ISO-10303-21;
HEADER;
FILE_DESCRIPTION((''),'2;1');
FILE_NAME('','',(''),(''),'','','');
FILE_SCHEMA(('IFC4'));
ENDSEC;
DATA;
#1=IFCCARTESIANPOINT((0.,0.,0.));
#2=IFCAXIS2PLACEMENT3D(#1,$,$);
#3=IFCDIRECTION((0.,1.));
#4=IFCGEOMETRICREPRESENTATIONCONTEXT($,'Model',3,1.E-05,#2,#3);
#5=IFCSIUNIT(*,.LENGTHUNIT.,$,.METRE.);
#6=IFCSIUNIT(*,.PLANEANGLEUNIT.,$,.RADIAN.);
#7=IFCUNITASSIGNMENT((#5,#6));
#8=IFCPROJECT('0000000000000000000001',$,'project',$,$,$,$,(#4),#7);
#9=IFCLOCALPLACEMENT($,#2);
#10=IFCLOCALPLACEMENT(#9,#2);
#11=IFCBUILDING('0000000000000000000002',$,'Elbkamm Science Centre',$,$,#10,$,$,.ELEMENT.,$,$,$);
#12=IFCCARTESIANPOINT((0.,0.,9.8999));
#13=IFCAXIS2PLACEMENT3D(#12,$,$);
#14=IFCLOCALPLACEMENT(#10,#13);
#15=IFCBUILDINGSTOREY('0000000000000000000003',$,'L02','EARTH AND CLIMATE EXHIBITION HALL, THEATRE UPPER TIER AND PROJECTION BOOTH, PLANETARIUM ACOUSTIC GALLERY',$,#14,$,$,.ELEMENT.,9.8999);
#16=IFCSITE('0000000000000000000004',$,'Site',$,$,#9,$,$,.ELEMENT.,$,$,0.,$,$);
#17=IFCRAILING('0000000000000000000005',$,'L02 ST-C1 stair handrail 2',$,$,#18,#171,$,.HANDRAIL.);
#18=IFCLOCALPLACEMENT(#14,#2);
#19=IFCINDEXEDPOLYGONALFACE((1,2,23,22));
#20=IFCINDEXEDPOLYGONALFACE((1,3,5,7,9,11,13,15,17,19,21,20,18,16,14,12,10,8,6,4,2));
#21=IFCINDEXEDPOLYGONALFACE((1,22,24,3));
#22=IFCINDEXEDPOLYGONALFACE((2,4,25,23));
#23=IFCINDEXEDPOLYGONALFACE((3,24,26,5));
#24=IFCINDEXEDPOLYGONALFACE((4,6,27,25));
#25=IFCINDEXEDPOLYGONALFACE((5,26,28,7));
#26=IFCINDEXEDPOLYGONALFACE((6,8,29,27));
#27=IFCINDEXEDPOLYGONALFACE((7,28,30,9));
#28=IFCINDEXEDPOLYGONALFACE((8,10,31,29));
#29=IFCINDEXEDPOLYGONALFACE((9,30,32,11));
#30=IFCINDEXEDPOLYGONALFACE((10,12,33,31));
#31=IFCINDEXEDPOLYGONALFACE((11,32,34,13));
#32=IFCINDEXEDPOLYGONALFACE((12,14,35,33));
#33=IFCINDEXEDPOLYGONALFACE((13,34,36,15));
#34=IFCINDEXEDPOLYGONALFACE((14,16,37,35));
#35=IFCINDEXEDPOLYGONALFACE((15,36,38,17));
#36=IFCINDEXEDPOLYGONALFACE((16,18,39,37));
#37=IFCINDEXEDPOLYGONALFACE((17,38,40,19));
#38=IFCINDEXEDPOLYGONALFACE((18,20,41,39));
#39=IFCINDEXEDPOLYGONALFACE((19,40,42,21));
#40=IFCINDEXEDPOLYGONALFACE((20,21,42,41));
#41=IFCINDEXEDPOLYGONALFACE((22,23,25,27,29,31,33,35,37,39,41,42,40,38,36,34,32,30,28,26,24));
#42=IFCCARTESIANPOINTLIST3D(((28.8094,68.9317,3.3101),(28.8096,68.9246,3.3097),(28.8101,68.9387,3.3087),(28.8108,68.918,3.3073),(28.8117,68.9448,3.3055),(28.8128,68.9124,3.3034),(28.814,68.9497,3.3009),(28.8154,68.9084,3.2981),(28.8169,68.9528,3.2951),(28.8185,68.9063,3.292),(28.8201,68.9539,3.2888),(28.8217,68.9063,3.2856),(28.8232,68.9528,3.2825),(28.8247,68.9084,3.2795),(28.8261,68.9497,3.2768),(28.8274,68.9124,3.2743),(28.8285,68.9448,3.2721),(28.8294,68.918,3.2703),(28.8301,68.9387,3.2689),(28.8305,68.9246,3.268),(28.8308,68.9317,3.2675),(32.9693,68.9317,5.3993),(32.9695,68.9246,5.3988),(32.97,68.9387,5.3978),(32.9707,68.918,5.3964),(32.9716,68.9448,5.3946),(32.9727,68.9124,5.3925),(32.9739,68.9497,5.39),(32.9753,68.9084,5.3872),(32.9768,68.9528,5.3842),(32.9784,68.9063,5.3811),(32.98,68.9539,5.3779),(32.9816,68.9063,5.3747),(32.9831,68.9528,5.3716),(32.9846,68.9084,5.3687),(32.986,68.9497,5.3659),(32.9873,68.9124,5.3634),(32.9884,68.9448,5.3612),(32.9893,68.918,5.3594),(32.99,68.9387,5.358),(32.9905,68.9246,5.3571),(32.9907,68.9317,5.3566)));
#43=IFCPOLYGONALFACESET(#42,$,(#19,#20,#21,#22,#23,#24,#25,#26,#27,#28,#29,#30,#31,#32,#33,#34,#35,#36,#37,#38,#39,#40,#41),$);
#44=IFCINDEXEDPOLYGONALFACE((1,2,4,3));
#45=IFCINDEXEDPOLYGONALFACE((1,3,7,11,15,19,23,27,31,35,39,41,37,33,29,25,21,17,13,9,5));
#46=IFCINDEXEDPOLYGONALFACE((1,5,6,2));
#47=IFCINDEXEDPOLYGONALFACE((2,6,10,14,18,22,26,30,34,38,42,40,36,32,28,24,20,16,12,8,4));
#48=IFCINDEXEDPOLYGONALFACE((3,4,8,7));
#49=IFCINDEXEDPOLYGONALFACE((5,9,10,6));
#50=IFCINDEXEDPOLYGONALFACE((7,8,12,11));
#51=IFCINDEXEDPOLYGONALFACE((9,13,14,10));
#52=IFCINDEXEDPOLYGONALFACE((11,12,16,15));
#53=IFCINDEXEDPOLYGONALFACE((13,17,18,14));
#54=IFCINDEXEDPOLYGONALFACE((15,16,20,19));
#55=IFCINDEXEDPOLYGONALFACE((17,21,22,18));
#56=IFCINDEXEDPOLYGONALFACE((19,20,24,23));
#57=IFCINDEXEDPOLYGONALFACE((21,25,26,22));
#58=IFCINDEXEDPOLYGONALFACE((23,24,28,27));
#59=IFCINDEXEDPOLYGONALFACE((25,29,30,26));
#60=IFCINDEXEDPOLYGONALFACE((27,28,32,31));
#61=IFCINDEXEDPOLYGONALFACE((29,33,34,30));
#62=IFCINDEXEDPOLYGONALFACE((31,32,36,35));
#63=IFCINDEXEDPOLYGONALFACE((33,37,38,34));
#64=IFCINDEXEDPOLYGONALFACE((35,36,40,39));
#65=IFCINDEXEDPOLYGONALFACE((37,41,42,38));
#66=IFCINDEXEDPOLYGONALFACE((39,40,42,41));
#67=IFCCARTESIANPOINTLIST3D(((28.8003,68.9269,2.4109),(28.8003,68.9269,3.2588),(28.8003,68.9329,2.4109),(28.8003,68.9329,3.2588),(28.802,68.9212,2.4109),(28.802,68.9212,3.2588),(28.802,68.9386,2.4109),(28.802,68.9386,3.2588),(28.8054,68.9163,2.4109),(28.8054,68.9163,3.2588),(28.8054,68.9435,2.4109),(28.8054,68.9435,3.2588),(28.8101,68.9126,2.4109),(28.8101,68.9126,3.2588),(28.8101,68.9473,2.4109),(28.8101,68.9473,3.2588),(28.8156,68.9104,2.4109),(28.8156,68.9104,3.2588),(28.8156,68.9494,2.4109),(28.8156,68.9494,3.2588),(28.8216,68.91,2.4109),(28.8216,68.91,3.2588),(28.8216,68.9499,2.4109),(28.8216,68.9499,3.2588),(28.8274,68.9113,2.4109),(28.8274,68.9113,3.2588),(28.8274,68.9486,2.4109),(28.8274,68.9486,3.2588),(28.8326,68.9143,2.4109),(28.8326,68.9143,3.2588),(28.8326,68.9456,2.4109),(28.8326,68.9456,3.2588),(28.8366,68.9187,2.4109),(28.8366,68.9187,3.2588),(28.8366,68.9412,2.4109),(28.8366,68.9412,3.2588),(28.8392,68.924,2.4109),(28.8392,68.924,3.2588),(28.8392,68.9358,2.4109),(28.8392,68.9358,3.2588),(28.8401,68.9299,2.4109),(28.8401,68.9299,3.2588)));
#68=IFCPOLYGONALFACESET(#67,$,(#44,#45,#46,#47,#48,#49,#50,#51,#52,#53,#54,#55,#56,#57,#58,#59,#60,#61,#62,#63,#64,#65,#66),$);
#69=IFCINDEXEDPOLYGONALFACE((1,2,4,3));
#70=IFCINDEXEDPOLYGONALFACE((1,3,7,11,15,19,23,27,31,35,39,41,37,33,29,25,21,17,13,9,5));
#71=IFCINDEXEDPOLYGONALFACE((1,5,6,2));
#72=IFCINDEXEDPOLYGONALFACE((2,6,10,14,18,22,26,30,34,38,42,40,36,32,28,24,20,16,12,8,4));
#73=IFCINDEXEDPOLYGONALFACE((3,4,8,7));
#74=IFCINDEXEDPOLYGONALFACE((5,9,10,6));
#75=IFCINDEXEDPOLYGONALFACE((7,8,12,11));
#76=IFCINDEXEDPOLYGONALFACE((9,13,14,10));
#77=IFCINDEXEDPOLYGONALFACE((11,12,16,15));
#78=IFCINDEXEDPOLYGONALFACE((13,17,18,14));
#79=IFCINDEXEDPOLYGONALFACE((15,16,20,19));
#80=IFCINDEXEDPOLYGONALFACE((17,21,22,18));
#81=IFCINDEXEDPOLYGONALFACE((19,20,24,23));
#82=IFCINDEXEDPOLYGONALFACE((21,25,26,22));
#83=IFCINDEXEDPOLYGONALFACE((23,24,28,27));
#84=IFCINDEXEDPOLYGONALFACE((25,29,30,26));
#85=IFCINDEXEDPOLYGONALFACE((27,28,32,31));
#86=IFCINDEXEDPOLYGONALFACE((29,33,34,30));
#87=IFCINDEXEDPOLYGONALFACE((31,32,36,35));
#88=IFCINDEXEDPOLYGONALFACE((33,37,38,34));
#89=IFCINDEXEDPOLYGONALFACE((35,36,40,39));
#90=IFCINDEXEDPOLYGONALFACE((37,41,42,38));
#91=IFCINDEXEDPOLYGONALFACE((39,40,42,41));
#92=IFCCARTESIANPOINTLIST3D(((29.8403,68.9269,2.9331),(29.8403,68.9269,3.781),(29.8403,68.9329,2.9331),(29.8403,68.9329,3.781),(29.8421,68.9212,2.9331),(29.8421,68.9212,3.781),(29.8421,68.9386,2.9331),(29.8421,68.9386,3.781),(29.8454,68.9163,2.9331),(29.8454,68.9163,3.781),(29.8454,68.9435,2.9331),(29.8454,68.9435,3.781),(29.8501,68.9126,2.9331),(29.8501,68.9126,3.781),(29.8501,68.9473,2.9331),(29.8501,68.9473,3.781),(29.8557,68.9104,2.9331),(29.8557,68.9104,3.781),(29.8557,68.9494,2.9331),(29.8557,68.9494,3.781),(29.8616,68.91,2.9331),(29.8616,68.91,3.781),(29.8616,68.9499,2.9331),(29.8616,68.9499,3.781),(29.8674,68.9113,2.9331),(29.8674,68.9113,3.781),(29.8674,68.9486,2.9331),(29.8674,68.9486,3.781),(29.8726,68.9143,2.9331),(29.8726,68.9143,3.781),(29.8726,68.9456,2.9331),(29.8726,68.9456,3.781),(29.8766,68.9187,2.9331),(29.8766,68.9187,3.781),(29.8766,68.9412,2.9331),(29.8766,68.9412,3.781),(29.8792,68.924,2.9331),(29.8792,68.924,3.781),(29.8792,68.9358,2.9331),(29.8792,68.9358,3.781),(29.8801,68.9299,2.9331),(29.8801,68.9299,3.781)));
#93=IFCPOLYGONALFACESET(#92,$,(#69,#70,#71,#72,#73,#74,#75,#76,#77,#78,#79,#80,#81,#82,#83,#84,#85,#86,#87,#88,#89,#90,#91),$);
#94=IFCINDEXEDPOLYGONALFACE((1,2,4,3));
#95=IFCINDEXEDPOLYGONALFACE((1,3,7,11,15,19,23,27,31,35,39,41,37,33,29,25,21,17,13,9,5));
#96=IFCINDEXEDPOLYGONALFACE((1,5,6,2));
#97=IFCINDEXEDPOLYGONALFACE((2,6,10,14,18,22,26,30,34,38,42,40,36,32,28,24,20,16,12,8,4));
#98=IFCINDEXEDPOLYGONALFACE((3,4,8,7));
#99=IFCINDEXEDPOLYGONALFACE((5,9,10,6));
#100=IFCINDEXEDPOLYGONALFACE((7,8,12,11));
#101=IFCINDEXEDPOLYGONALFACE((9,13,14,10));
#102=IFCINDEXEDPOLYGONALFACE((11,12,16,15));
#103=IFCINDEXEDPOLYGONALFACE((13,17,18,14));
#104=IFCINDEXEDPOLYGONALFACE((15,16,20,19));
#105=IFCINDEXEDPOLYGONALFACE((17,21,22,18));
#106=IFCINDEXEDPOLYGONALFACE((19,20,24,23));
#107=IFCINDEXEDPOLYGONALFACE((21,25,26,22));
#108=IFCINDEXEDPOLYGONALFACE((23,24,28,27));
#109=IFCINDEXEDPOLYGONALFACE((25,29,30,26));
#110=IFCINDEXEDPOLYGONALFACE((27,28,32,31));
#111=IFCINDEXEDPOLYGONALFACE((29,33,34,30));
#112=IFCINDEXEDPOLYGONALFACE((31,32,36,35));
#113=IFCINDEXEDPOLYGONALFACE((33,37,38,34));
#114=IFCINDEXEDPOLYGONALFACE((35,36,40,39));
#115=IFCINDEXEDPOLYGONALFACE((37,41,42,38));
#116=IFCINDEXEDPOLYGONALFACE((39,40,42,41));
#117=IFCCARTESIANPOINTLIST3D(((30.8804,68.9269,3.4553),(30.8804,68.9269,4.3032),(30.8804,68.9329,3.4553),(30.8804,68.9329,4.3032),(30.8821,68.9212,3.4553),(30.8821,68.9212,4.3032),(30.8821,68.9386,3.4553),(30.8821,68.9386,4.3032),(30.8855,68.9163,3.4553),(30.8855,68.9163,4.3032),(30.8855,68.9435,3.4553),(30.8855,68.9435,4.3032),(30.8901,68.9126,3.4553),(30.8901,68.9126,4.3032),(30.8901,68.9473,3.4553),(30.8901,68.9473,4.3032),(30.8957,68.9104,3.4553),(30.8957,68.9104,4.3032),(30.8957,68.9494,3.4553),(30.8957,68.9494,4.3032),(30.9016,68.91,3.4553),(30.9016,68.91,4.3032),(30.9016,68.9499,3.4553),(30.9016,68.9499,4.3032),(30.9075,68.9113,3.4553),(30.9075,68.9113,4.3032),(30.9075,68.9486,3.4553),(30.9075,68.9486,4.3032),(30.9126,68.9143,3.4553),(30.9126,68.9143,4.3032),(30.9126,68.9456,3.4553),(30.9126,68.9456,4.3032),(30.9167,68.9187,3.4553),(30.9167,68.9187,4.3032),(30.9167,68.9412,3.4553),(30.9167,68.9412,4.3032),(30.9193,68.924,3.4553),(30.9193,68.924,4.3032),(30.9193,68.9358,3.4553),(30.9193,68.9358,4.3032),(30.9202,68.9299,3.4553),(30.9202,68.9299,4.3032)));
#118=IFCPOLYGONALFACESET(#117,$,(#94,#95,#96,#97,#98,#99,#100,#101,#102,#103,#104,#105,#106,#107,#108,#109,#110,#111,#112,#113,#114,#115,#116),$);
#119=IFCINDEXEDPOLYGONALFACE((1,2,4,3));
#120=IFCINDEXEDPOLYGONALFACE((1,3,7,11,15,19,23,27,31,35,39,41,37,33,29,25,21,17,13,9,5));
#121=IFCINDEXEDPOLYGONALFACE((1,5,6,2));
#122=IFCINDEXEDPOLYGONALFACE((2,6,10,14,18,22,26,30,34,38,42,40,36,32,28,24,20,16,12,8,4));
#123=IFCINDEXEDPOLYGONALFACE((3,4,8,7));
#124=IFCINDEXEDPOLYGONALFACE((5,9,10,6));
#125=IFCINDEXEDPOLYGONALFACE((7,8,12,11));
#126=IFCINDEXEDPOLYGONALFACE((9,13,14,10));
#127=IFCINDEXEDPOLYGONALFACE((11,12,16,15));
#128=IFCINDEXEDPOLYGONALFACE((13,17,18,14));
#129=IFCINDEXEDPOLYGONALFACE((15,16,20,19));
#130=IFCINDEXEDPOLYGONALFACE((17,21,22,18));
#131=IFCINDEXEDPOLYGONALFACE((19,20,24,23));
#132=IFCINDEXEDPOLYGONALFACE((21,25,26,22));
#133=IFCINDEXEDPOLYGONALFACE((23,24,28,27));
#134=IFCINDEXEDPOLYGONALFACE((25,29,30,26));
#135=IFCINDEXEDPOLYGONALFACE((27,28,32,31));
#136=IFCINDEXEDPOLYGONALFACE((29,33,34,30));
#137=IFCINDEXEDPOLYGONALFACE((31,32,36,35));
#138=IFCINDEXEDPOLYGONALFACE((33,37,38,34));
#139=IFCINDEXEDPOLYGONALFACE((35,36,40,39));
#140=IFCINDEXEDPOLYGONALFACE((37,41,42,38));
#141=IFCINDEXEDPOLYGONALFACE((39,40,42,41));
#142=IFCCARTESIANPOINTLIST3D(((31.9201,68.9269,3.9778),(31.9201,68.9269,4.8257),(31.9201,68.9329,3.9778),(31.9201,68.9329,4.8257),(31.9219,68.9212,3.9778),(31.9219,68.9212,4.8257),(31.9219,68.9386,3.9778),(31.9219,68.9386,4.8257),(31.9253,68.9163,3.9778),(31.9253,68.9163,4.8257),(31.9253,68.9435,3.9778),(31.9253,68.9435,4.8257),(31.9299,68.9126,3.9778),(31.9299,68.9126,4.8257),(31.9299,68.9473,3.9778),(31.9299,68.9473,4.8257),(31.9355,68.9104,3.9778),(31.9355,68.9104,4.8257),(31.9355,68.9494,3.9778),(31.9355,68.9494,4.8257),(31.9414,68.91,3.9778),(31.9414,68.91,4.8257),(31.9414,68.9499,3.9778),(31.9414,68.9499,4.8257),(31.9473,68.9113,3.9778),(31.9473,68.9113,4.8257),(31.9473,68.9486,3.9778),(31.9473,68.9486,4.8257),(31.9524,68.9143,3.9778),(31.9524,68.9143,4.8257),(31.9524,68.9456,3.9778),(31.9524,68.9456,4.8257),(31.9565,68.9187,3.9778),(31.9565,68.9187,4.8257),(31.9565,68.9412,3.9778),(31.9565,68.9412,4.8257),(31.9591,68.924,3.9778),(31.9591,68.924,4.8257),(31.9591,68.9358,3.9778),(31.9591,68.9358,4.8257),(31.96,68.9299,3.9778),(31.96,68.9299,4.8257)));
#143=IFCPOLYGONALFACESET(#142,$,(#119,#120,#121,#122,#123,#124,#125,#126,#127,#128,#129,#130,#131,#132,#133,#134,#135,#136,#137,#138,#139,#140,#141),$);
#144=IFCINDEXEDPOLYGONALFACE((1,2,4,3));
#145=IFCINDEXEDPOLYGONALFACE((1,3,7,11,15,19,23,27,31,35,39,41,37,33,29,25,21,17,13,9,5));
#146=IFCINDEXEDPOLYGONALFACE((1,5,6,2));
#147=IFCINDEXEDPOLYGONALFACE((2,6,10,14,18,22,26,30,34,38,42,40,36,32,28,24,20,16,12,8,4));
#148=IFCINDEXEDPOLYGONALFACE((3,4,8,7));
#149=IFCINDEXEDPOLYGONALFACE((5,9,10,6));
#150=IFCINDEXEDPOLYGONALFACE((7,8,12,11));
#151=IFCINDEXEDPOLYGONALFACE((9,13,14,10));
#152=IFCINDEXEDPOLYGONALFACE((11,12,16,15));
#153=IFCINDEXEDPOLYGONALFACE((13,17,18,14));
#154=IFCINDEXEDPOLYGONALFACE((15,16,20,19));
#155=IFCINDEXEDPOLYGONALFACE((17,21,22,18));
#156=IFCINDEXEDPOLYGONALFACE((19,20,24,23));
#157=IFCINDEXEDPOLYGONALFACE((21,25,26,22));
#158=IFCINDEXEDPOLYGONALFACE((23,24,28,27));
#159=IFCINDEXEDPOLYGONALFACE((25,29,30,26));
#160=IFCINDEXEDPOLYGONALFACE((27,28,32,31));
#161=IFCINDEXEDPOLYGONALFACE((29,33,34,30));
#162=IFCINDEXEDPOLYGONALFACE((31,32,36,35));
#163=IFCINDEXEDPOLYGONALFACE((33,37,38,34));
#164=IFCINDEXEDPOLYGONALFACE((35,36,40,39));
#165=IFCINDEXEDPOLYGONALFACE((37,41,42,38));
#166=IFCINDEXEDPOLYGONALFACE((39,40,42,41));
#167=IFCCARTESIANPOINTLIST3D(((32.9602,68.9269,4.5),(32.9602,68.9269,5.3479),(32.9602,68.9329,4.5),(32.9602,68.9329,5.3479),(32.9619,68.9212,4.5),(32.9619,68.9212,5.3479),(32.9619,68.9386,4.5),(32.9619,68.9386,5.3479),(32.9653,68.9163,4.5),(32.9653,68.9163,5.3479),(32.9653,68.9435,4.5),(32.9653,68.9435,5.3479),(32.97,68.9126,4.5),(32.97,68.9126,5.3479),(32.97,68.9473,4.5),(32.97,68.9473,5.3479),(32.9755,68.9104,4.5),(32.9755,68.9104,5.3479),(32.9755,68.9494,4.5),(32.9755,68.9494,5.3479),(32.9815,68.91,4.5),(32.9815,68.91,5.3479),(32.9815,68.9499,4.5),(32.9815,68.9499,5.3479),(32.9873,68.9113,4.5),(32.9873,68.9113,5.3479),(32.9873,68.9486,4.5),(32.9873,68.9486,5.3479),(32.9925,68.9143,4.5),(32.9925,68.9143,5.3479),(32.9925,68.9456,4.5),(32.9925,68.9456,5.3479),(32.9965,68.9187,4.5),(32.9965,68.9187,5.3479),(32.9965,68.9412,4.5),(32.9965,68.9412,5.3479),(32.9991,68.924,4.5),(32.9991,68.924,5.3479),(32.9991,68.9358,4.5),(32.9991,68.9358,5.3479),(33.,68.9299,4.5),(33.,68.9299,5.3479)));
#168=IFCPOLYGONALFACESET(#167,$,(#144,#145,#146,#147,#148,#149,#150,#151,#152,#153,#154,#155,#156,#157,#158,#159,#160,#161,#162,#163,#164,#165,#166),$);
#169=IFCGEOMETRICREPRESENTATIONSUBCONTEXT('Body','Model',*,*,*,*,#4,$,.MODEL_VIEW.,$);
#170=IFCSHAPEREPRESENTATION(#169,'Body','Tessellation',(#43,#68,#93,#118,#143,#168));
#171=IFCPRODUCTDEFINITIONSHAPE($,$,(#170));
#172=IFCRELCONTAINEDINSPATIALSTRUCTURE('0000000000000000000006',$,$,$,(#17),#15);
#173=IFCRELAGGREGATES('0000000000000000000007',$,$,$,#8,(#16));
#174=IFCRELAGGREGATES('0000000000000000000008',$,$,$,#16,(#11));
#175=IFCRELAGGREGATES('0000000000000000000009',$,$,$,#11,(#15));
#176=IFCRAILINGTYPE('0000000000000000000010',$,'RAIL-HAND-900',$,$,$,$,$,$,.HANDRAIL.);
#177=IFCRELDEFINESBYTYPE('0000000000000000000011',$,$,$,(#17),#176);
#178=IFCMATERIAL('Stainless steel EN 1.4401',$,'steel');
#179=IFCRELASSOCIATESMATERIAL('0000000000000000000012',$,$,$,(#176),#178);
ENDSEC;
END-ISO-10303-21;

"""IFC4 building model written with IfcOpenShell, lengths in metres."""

from ifc_helpers import new_model, si_unit, direction, frame, origin, origin_2d, place, context, subcontext, project, spatial, circle, extrude, material, type_object, element, save


model = new_model("IFC4")

# Units and contexts
model_context = context("Model", 3, precision=1e-05, world=origin(), true_north=direction((0.0, 1.0)))
body_context = subcontext(model_context, "Body", "Model", "MODEL_VIEW")
ifc_project = project(units=[si_unit("LENGTHUNIT", "METRE"), si_unit("PLANEANGLEUNIT", "RADIAN")], contexts=[model_context])

# Site, building, storey
site_placement = place(None, origin())
site = spatial("IfcSite", under=ifc_project, at=site_placement, Name="Site", CompositionType="ELEMENT", RefElevation=0.0)
building_placement = place(site_placement, origin())
building = spatial("IfcBuilding", under=site, at=building_placement, Name="Elbkamm Science Centre", CompositionType="ELEMENT")
storey_placement = place(building_placement, frame((0.0, 0.0, 9.8999)))
storey = spatial("IfcBuildingStorey", under=building, at=storey_placement, Name="L02", Description="EARTH AND CLIMATE EXHIBITION HALL, THEATRE UPPER TIER AND PROJECTION BOOTH, PLANETARIUM ACOUSTIC GALLERY", CompositionType="ELEMENT", Elevation=9.8999)

# Railing
ifc_material_1 = material(Name="Stainless steel EN 1.4401", Category="steel")
railing_type_1 = type_object("IfcRailingType", Name="RAIL-HAND-900", PredefinedType="HANDRAIL", material=ifc_material_1)
railing_1_placement = place(storey_placement, frame((28.8201, 68.9299, 2.4109)))
element("IfcRailing", 1, at=railing_1_placement, inside=storey, type_object=railing_type_1, Name="L02 ST-C1 stair handrail 2", PredefinedType="HANDRAIL", context=body_context, shape_type="SweptSolid", body=[
    extrude(circle(Radius=0.0239, at=origin_2d()), frame((0.0, 0.0, 0.8779), z_axis=(0.893639, 0.0, 0.448786), x_axis=(0.0, 1.0, 0.0)), (0.0, 0.0, 1.0), 4.655),
    extrude(circle(Radius=0.02, at=origin_2d()), origin(), (0.0, 0.0, 1.0), 0.8479),
    extrude(circle(Radius=0.02, at=origin_2d()), frame((1.04, 0.0, 0.5222)), (0.0, 0.0, 1.0), 0.8479),
    extrude(circle(Radius=0.02, at=origin_2d()), frame((2.0801, 0.0, 1.0444)), (0.0, 0.0, 1.0), 0.8479),
    extrude(circle(Radius=0.02, at=origin_2d()), frame((3.1199, 0.0, 1.5669)), (0.0, 0.0, 1.0), 0.8479),
    extrude(circle(Radius=0.02, at=origin_2d()), frame((4.1599, 0.0, 2.0891)), (0.0, 0.0, 1.0), 0.8479),
])

save(model, "model.ifc")
